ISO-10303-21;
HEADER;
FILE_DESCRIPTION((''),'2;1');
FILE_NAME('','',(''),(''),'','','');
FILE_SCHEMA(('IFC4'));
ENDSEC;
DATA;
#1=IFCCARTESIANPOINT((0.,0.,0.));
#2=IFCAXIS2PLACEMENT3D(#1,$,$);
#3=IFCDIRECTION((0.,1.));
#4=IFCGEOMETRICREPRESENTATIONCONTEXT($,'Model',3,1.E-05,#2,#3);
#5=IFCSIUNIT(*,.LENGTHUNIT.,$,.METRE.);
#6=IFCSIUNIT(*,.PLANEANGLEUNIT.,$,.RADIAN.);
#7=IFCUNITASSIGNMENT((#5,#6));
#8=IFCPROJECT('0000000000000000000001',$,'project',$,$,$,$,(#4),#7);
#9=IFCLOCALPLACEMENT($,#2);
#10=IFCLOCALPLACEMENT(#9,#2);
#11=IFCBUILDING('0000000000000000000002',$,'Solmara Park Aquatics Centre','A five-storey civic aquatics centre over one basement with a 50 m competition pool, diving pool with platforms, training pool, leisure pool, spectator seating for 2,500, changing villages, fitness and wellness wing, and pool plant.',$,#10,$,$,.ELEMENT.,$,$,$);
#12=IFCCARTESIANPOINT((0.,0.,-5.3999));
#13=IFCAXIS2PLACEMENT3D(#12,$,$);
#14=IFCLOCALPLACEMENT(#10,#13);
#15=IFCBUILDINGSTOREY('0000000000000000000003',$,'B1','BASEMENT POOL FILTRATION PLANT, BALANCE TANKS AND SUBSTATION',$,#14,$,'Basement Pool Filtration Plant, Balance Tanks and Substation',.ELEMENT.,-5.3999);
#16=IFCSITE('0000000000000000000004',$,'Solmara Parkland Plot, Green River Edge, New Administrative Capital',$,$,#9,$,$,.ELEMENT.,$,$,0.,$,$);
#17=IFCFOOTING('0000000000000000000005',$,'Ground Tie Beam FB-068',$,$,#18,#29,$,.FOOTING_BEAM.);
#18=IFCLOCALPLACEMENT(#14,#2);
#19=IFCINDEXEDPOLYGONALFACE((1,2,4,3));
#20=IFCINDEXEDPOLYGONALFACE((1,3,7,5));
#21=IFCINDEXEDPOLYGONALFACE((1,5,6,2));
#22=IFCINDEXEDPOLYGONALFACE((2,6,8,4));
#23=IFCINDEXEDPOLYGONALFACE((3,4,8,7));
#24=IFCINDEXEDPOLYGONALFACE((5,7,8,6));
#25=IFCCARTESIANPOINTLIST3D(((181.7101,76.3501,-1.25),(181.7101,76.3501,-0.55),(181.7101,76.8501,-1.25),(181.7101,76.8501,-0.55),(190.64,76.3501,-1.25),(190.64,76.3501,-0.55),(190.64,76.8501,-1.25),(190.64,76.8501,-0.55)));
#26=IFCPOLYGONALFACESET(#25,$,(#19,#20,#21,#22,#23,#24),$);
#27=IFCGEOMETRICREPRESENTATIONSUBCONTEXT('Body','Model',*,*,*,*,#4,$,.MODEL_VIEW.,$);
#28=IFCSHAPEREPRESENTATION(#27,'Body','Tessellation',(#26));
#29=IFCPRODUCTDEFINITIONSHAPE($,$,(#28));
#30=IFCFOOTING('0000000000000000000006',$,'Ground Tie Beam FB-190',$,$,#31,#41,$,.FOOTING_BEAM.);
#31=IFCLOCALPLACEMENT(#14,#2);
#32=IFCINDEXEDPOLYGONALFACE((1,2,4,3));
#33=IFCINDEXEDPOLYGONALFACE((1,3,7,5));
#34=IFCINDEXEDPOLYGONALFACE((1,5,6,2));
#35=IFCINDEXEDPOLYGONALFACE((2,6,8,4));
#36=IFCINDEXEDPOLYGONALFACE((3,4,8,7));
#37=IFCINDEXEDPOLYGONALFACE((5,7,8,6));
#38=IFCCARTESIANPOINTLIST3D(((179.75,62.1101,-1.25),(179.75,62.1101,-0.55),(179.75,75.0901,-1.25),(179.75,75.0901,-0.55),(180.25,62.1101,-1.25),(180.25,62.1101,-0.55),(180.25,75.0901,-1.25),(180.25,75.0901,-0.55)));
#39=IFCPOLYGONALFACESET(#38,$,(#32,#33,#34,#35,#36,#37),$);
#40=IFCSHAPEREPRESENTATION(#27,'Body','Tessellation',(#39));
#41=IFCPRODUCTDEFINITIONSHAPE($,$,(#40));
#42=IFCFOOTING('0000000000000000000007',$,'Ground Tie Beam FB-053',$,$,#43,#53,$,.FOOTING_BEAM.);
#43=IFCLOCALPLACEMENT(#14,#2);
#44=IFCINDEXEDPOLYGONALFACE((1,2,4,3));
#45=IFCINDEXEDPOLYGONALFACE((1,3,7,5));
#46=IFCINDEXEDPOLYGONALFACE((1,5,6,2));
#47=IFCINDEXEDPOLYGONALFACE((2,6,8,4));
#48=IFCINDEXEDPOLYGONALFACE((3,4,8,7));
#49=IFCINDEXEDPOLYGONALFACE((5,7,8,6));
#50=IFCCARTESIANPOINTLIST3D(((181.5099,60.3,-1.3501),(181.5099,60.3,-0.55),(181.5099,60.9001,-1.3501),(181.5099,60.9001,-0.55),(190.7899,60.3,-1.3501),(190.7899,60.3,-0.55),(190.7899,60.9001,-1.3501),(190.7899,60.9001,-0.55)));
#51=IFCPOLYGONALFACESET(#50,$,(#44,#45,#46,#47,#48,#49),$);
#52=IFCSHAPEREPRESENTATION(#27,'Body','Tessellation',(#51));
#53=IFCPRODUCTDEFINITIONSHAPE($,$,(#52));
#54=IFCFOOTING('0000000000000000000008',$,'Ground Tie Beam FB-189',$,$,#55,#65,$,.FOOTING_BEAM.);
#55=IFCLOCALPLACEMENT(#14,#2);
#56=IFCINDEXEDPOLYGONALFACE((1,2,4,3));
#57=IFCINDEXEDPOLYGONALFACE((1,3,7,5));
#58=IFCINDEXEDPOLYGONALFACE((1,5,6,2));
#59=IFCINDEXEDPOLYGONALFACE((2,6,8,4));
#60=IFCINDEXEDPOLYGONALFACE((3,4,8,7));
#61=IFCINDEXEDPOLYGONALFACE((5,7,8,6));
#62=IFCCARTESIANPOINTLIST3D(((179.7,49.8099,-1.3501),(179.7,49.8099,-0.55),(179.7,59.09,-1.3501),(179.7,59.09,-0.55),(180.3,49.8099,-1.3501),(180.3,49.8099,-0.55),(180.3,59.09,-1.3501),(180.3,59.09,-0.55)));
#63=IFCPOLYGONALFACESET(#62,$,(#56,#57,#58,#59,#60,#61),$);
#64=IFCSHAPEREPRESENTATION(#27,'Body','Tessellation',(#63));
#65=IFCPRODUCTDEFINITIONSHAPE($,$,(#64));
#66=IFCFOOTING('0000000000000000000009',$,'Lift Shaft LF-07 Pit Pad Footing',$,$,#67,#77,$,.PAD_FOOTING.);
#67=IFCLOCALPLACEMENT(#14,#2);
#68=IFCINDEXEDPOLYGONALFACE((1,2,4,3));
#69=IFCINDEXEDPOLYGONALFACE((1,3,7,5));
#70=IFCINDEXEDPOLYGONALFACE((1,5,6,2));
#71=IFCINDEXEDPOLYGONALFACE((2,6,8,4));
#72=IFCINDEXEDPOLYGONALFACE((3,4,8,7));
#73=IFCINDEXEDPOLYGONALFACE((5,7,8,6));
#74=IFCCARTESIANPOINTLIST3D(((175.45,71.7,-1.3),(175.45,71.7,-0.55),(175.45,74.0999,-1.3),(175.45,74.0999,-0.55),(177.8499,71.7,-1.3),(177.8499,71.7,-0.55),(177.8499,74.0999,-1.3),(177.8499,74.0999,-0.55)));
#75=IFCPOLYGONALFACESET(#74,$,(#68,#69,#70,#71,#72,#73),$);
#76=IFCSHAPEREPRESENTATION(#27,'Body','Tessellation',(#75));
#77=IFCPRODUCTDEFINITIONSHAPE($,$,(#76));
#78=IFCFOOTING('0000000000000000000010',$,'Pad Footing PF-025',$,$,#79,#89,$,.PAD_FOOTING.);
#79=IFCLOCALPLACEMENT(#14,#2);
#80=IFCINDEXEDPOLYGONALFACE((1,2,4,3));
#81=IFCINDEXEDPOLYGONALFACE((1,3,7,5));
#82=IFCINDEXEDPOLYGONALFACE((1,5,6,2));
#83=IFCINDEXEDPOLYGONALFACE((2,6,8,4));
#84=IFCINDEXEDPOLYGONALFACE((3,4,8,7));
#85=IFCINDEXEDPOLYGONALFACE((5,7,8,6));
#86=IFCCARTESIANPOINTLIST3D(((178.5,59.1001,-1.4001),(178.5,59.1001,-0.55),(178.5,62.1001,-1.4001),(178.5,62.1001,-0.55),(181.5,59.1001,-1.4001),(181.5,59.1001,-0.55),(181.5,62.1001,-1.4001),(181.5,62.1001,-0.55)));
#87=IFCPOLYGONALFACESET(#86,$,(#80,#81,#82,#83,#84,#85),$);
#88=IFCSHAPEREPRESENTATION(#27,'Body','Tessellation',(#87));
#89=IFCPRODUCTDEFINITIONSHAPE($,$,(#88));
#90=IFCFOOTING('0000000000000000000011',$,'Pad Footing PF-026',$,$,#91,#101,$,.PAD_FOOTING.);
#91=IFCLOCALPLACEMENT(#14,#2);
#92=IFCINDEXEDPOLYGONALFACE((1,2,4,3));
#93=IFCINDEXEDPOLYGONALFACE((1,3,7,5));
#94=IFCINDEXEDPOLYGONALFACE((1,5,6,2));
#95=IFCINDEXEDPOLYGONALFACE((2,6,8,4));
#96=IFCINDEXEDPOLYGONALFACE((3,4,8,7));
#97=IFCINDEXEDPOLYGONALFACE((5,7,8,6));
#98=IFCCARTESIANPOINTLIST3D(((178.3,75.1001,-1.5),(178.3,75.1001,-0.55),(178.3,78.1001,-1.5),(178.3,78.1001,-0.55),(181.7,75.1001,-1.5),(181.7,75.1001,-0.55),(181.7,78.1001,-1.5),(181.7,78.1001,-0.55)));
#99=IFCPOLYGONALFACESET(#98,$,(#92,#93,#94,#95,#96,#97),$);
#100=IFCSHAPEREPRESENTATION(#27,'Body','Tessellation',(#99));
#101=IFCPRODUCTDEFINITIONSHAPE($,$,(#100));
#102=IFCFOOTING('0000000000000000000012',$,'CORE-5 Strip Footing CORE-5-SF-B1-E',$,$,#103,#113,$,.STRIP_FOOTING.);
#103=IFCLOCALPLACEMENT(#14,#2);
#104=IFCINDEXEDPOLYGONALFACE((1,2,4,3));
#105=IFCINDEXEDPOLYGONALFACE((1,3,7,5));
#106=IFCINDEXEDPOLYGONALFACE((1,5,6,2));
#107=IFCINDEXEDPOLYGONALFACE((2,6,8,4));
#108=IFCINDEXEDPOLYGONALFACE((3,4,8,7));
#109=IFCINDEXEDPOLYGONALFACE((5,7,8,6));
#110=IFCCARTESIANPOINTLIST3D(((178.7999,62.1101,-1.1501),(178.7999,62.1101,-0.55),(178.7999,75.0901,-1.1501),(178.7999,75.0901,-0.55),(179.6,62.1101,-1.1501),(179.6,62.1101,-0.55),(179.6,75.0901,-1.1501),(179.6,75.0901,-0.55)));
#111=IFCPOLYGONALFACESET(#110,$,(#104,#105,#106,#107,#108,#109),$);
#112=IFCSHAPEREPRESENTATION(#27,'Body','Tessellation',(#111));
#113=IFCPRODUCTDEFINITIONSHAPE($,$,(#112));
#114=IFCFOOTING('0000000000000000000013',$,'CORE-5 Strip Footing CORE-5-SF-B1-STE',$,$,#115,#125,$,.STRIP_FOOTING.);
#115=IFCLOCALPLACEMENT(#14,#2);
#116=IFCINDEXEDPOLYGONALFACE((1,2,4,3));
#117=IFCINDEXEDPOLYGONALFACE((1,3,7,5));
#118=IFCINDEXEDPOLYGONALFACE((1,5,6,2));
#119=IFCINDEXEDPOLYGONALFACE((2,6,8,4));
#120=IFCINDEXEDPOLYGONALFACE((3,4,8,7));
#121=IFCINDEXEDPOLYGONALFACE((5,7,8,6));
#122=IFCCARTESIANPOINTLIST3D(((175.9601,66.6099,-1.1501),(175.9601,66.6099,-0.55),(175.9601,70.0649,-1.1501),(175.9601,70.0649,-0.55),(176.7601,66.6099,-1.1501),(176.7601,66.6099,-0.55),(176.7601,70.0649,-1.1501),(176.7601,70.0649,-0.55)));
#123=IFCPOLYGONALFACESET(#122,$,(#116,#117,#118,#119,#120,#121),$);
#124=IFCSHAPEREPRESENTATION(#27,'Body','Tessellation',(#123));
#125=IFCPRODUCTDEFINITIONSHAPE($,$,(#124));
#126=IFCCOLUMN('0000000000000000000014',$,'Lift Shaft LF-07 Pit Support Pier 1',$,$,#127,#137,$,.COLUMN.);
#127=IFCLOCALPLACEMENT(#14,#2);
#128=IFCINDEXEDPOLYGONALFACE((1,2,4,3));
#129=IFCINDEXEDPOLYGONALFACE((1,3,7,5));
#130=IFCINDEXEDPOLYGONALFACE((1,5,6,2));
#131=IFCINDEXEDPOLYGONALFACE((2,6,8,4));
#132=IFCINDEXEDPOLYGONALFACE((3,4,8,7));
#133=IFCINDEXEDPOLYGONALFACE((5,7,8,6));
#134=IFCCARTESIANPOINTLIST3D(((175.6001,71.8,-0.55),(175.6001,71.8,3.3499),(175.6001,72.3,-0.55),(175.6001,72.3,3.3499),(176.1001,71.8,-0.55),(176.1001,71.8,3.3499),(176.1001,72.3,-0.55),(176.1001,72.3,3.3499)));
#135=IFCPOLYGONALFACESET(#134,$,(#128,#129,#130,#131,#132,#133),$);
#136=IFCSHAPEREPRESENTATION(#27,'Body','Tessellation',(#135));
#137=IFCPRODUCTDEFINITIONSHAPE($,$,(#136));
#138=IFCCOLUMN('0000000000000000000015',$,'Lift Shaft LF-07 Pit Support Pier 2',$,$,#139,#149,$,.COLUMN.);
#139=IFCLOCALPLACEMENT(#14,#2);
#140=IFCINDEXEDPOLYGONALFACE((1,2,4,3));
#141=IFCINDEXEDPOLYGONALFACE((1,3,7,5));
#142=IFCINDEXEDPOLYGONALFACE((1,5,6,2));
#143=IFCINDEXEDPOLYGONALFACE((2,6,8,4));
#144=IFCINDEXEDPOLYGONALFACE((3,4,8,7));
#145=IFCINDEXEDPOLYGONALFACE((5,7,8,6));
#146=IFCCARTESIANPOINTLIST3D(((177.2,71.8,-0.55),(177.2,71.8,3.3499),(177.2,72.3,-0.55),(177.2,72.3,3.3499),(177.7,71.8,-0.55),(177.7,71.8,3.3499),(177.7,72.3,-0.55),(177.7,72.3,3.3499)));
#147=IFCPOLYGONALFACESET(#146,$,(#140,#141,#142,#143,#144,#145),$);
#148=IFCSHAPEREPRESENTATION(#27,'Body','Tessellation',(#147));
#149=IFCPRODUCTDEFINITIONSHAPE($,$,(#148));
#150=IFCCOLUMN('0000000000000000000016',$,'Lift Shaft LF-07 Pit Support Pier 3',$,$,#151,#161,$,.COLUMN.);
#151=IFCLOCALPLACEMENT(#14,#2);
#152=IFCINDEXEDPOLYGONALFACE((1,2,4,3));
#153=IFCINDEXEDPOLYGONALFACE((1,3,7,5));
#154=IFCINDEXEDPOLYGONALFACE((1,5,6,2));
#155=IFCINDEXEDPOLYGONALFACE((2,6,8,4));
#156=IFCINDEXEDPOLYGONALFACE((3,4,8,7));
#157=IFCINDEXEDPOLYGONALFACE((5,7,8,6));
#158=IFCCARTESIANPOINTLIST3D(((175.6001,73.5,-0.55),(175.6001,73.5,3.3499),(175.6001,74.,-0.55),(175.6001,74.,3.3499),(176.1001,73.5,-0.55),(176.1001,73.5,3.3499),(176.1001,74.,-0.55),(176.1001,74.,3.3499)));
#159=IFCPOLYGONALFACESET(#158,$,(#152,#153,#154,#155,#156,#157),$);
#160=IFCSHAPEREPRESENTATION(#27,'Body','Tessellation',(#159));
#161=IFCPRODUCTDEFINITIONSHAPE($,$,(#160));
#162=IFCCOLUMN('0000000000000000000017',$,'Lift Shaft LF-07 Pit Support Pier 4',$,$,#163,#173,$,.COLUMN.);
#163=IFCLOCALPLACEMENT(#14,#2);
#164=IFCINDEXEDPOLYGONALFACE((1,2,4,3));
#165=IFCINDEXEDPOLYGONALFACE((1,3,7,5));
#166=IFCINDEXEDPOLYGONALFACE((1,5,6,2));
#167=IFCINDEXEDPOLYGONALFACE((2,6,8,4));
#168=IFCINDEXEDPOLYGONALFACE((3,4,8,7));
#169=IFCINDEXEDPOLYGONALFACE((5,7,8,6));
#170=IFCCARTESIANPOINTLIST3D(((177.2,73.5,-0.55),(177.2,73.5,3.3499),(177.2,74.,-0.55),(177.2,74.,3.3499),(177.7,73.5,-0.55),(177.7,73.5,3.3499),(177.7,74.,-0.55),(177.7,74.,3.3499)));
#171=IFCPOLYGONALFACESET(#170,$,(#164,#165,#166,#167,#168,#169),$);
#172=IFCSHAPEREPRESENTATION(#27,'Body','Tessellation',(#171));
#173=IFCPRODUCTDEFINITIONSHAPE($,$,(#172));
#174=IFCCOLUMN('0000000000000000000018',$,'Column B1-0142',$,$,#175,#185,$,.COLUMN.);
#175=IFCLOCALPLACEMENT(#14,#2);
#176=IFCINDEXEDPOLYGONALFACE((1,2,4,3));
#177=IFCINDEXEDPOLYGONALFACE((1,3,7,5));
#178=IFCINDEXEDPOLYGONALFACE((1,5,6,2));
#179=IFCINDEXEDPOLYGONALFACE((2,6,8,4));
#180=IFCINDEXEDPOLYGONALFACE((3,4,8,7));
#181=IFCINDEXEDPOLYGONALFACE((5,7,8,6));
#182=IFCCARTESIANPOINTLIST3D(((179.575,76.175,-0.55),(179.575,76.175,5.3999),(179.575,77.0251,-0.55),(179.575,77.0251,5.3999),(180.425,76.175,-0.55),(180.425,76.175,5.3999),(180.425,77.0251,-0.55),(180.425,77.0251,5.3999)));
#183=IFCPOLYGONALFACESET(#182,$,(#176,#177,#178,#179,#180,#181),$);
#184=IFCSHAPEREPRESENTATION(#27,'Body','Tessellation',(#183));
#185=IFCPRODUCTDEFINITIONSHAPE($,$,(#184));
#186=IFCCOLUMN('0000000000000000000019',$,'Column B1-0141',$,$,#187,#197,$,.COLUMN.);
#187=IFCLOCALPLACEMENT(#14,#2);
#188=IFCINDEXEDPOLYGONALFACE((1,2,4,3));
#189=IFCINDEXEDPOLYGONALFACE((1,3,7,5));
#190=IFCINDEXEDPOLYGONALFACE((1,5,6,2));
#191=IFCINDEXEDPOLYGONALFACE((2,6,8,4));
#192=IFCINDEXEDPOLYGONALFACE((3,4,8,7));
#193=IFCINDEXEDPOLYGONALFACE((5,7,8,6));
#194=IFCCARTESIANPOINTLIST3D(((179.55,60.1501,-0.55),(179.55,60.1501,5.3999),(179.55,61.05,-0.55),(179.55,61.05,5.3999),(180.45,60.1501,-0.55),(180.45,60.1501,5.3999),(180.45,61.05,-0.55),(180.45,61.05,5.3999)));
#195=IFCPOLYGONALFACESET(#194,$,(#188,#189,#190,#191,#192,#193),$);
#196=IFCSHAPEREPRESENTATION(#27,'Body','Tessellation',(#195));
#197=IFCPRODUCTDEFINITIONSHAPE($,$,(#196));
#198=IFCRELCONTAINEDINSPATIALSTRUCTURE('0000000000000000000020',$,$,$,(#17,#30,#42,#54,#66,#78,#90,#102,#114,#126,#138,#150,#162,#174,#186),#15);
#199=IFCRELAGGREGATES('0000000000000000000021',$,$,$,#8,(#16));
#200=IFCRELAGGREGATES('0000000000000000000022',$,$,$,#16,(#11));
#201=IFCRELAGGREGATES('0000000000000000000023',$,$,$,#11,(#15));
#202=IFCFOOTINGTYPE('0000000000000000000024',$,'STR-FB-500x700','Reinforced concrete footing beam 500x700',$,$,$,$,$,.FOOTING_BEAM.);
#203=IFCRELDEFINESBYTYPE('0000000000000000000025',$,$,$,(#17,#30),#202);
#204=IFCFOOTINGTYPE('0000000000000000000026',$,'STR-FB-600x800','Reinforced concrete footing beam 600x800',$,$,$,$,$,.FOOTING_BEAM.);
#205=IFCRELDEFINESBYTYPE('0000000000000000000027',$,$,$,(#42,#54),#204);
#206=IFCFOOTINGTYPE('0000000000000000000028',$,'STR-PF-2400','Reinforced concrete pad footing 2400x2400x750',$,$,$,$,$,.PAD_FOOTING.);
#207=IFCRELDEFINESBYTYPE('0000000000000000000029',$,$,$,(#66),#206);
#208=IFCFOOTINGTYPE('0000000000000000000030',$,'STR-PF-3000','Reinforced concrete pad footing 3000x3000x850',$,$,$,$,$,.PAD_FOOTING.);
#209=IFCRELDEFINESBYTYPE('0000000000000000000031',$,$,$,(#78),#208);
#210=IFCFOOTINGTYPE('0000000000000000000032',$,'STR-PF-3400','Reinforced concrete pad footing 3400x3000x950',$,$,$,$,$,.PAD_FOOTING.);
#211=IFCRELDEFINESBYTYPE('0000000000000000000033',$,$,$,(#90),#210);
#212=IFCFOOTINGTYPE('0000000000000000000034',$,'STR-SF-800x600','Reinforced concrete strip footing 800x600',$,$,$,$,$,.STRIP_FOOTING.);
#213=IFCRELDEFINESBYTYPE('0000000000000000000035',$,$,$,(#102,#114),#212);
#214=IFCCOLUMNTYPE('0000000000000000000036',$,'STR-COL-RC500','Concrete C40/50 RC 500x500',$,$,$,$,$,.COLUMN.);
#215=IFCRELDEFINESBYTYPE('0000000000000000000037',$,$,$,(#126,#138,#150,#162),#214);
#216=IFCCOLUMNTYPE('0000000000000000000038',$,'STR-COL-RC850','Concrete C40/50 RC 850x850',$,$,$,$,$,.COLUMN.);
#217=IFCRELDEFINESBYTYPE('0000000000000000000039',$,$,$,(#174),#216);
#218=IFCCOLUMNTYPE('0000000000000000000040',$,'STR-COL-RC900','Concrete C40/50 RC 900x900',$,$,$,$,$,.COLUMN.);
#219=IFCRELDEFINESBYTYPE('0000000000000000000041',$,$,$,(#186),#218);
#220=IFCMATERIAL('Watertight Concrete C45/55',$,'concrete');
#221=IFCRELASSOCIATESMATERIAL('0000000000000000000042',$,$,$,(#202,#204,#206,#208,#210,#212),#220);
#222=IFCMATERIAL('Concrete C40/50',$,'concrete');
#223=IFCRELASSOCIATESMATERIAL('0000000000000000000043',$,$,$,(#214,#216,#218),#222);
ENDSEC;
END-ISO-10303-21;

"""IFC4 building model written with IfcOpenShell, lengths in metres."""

from ifc_helpers import new_model, si_unit, direction, frame, origin, origin_2d, place, context, subcontext, project, spatial, rectangle, extrude, material, material_profile, profile_set, type_object, element, save


model = new_model("IFC4")

# Units and contexts
model_context = context("Model", 3, precision=1e-05, world=origin(), true_north=direction((0.0, 1.0)))
body_context = subcontext(model_context, "Body", "Model", "MODEL_VIEW")
ifc_project = project(units=[si_unit("LENGTHUNIT", "METRE"), si_unit("PLANEANGLEUNIT", "RADIAN")], contexts=[model_context])

# Site, building, storey
site_placement = place(None, origin())
site = spatial("IfcSite", under=ifc_project, at=site_placement, Name="Solmara Parkland Plot, Green River Edge, New Administrative Capital", CompositionType="ELEMENT", RefElevation=0.0)
building_placement = place(site_placement, origin())
building = spatial("IfcBuilding", under=site, at=building_placement, Name="Solmara Park Aquatics Centre", Description="A five-storey civic aquatics centre over one basement with a 50 m competition pool, diving pool with platforms, training pool, leisure pool, spectator seating for 2,500, changing villages, fitness and wellness wing, and pool plant.", CompositionType="ELEMENT")
storey_placement = place(building_placement, frame((0.0, 0.0, -5.3999)))
storey = spatial("IfcBuildingStorey", under=building, at=storey_placement, Name="B1", Description="BASEMENT POOL FILTRATION PLANT, BALANCE TANKS AND SUBSTATION", LongName="Basement Pool Filtration Plant, Balance Tanks and Substation", CompositionType="ELEMENT", Elevation=-5.3999)

# Footings
ifc_material_1 = material(Name="Watertight Concrete C45/55", Category="concrete")
footing_type_1 = type_object("IfcFootingType", Name="STR-FB-500x700", Description="Reinforced concrete footing beam 500x700", PredefinedType="FOOTING_BEAM", material=ifc_material_1)
footing_1_placement = place(storey_placement, frame((186.175, 76.6001, -1.25), z_axis=(0.0, 0.0, 1.0), x_axis=(1.0, 0.0, 0.0)))
element("IfcFooting", 1, at=footing_1_placement, inside=storey, type_object=footing_type_1, Name="Ground Tie Beam FB-068", PredefinedType="FOOTING_BEAM", context=body_context, shape_type="SweptSolid", body=[
    extrude(rectangle(XDim=8.9299, YDim=0.5, at=origin_2d()), origin(), (0.0, 0.0, 1.0), 0.7),
])
footing_2_placement = place(storey_placement, frame((180.0, 68.6001, -1.25), z_axis=(0.0, 0.0, 1.0), x_axis=(1.0, 0.0, 0.0)))
element("IfcFooting", 2, at=footing_2_placement, inside=storey, type_object=footing_type_1, Name="Ground Tie Beam FB-190", PredefinedType="FOOTING_BEAM", context=body_context, shape_type="SweptSolid", body=[
    extrude(rectangle(XDim=0.5, YDim=12.98, at=origin_2d()), origin(), (0.0, 0.0, 1.0), 0.7),
])
footing_type_2 = type_object("IfcFootingType", Name="STR-FB-600x800", Description="Reinforced concrete footing beam 600x800", PredefinedType="FOOTING_BEAM", material=ifc_material_1)
footing_3_placement = place(storey_placement, frame((186.1499, 60.6001, -1.3501), z_axis=(0.0, 0.0, 1.0), x_axis=(1.0, 0.0, 0.0)))
element("IfcFooting", 3, at=footing_3_placement, inside=storey, type_object=footing_type_2, Name="Ground Tie Beam FB-053", PredefinedType="FOOTING_BEAM", context=body_context, shape_type="SweptSolid", body=[
    extrude(rectangle(XDim=9.28, YDim=0.6001, at=origin_2d()), origin(), (0.0, 0.0, 1.0), 0.8),
])
footing_4_placement = place(storey_placement, frame((180.0, 54.45, -1.3501), z_axis=(0.0, 0.0, 1.0), x_axis=(1.0, 0.0, 0.0)))
element("IfcFooting", 4, at=footing_4_placement, inside=storey, type_object=footing_type_2, Name="Ground Tie Beam FB-189", PredefinedType="FOOTING_BEAM", context=body_context, shape_type="SweptSolid", body=[
    extrude(rectangle(XDim=0.6001, YDim=9.28, at=origin_2d()), origin(), (0.0, 0.0, 1.0), 0.8),
])
footing_type_3 = type_object("IfcFootingType", Name="STR-PF-2400", Description="Reinforced concrete pad footing 2400x2400x750", PredefinedType="PAD_FOOTING", material=ifc_material_1)
footing_5_placement = place(storey_placement, frame((176.6499, 72.8999, -1.3), z_axis=(0.0, 0.0, 1.0), x_axis=(1.0, 0.0, 0.0)))
element("IfcFooting", 5, at=footing_5_placement, inside=storey, type_object=footing_type_3, Name="Lift Shaft LF-07 Pit Pad Footing", PredefinedType="PAD_FOOTING", context=body_context, shape_type="SweptSolid", body=[
    extrude(rectangle(XDim=2.3999, YDim=2.3999, at=origin_2d()), origin(), (0.0, 0.0, 1.0), 0.75),
])
footing_type_4 = type_object("IfcFootingType", Name="STR-PF-3000", Description="Reinforced concrete pad footing 3000x3000x850", PredefinedType="PAD_FOOTING", material=ifc_material_1)
footing_6_placement = place(storey_placement, frame((180.0, 60.6001, -1.4001), z_axis=(0.0, 0.0, 1.0), x_axis=(1.0, 0.0, 0.0)))
element("IfcFooting", 6, at=footing_6_placement, inside=storey, type_object=footing_type_4, Name="Pad Footing PF-025", PredefinedType="PAD_FOOTING", context=body_context, shape_type="SweptSolid", body=[
    extrude(rectangle(XDim=3.0, YDim=3.0, at=origin_2d()), origin(), (0.0, 0.0, 1.0), 0.8501),
])
footing_type_5 = type_object("IfcFootingType", Name="STR-PF-3400", Description="Reinforced concrete pad footing 3400x3000x950", PredefinedType="PAD_FOOTING", material=ifc_material_1)
footing_7_placement = place(storey_placement, frame((180.0, 76.6001, -1.5), z_axis=(0.0, 0.0, 1.0), x_axis=(1.0, 0.0, 0.0)))
element("IfcFooting", 7, at=footing_7_placement, inside=storey, type_object=footing_type_5, Name="Pad Footing PF-026", PredefinedType="PAD_FOOTING", context=body_context, shape_type="SweptSolid", body=[
    extrude(rectangle(XDim=3.3999, YDim=3.0, at=origin_2d()), origin(), (0.0, 0.0, 1.0), 0.95),
])
footing_type_6 = type_object("IfcFootingType", Name="STR-SF-800x600", Description="Reinforced concrete strip footing 800x600", PredefinedType="STRIP_FOOTING", material=ifc_material_1)
footing_8_placement = place(storey_placement, frame((179.2, 68.6001, -1.1501), z_axis=(0.0, 0.0, 1.0), x_axis=(1.0, 0.0, 0.0)))
element("IfcFooting", 8, at=footing_8_placement, inside=storey, type_object=footing_type_6, Name="CORE-5 Strip Footing CORE-5-SF-B1-E", PredefinedType="STRIP_FOOTING", context=body_context, shape_type="SweptSolid", body=[
    extrude(rectangle(XDim=0.8, YDim=12.98, at=origin_2d()), origin(), (0.0, 0.0, 1.0), 0.6001),
])
footing_9_placement = place(storey_placement, frame((176.3601, 68.3374, -1.1501), z_axis=(0.0, 0.0, 1.0), x_axis=(1.0, 0.0, 0.0)))
element("IfcFooting", 9, at=footing_9_placement, inside=storey, type_object=footing_type_6, Name="CORE-5 Strip Footing CORE-5-SF-B1-STE", PredefinedType="STRIP_FOOTING", context=body_context, shape_type="SweptSolid", body=[
    extrude(rectangle(XDim=0.8, YDim=3.4551, at=origin_2d()), origin(), (0.0, 0.0, 1.0), 0.6001),
])

# Columns
ifc_material_2 = material(Name="Concrete C40/50", Category="concrete")
ifc_material_profile_1 = material_profile(ifc_material_2, rectangle(XDim=0.5, YDim=0.5, at=origin_2d()), Name="RC 500x500")
ifc_profile_set_1 = profile_set([ifc_material_profile_1], Name="Concrete C40/50")
column_type_1 = type_object("IfcColumnType", Name="STR-COL-RC500", Description="Concrete C40/50 RC 500x500", PredefinedType="COLUMN", material=ifc_profile_set_1)
for number, where, z_axis, x_axis, name in (
    (10, (175.8501, 72.05, -0.55), (0.0, 0.0, 1.0), (1.0, 0.0, 0.0), "Lift Shaft LF-07 Pit Support Pier 1"),
    (11, (177.45, 72.05, -0.55), (0.0, 0.0, 1.0), (1.0, 0.0, 0.0), "Lift Shaft LF-07 Pit Support Pier 2"),
    (12, (175.8501, 73.75, -0.55), (0.0, 0.0, 1.0), (1.0, 0.0, 0.0), "Lift Shaft LF-07 Pit Support Pier 3"),
    (13, (177.45, 73.75, -0.55), (0.0, 0.0, 1.0), (1.0, 0.0, 0.0), "Lift Shaft LF-07 Pit Support Pier 4"),
):
    element("IfcColumn", number, at=place(storey_placement, frame(where, z_axis=z_axis, x_axis=x_axis)), inside=storey, type_object=column_type_1, Name=name, PredefinedType="COLUMN", context=body_context, shape_type="SweptSolid", body=[
        extrude(rectangle(XDim=0.5, YDim=0.5, at=origin_2d()), origin(), (0.0, 0.0, 1.0), 3.8999),
    ])
ifc_material_profile_2 = material_profile(ifc_material_2, rectangle(XDim=0.8501, YDim=0.8501, at=origin_2d()), Name="RC 850x850")
ifc_profile_set_2 = profile_set([ifc_material_profile_2], Name="Concrete C40/50")
column_type_2 = type_object("IfcColumnType", Name="STR-COL-RC850", Description="Concrete C40/50 RC 850x850", PredefinedType="COLUMN", material=ifc_profile_set_2)
column_1_placement = place(storey_placement, frame((180.0, 76.6001, -0.55), z_axis=(0.0, 0.0, 1.0), x_axis=(1.0, 0.0, 0.0)))
element("IfcColumn", 14, at=column_1_placement, inside=storey, type_object=column_type_2, Name="Column B1-0142", PredefinedType="COLUMN", context=body_context, shape_type="SweptSolid", body=[
    extrude(rectangle(XDim=0.8501, YDim=0.8501, at=origin_2d()), origin(), (0.0, 0.0, 1.0), 5.95),
])
ifc_material_profile_3 = material_profile(ifc_material_2, rectangle(XDim=0.8999, YDim=0.8999, at=origin_2d()), Name="RC 900x900")
ifc_profile_set_3 = profile_set([ifc_material_profile_3], Name="Concrete C40/50")
column_type_3 = type_object("IfcColumnType", Name="STR-COL-RC900", Description="Concrete C40/50 RC 900x900", PredefinedType="COLUMN", material=ifc_profile_set_3)
column_2_placement = place(storey_placement, frame((180.0, 60.6001, -0.55), z_axis=(0.0, 0.0, 1.0), x_axis=(1.0, 0.0, 0.0)))
element("IfcColumn", 15, at=column_2_placement, inside=storey, type_object=column_type_3, Name="Column B1-0141", PredefinedType="COLUMN", context=body_context, shape_type="SweptSolid", body=[
    extrude(rectangle(XDim=0.8999, YDim=0.8999, at=origin_2d()), origin(), (0.0, 0.0, 1.0), 5.95),
])

save(model, "model.ifc")
